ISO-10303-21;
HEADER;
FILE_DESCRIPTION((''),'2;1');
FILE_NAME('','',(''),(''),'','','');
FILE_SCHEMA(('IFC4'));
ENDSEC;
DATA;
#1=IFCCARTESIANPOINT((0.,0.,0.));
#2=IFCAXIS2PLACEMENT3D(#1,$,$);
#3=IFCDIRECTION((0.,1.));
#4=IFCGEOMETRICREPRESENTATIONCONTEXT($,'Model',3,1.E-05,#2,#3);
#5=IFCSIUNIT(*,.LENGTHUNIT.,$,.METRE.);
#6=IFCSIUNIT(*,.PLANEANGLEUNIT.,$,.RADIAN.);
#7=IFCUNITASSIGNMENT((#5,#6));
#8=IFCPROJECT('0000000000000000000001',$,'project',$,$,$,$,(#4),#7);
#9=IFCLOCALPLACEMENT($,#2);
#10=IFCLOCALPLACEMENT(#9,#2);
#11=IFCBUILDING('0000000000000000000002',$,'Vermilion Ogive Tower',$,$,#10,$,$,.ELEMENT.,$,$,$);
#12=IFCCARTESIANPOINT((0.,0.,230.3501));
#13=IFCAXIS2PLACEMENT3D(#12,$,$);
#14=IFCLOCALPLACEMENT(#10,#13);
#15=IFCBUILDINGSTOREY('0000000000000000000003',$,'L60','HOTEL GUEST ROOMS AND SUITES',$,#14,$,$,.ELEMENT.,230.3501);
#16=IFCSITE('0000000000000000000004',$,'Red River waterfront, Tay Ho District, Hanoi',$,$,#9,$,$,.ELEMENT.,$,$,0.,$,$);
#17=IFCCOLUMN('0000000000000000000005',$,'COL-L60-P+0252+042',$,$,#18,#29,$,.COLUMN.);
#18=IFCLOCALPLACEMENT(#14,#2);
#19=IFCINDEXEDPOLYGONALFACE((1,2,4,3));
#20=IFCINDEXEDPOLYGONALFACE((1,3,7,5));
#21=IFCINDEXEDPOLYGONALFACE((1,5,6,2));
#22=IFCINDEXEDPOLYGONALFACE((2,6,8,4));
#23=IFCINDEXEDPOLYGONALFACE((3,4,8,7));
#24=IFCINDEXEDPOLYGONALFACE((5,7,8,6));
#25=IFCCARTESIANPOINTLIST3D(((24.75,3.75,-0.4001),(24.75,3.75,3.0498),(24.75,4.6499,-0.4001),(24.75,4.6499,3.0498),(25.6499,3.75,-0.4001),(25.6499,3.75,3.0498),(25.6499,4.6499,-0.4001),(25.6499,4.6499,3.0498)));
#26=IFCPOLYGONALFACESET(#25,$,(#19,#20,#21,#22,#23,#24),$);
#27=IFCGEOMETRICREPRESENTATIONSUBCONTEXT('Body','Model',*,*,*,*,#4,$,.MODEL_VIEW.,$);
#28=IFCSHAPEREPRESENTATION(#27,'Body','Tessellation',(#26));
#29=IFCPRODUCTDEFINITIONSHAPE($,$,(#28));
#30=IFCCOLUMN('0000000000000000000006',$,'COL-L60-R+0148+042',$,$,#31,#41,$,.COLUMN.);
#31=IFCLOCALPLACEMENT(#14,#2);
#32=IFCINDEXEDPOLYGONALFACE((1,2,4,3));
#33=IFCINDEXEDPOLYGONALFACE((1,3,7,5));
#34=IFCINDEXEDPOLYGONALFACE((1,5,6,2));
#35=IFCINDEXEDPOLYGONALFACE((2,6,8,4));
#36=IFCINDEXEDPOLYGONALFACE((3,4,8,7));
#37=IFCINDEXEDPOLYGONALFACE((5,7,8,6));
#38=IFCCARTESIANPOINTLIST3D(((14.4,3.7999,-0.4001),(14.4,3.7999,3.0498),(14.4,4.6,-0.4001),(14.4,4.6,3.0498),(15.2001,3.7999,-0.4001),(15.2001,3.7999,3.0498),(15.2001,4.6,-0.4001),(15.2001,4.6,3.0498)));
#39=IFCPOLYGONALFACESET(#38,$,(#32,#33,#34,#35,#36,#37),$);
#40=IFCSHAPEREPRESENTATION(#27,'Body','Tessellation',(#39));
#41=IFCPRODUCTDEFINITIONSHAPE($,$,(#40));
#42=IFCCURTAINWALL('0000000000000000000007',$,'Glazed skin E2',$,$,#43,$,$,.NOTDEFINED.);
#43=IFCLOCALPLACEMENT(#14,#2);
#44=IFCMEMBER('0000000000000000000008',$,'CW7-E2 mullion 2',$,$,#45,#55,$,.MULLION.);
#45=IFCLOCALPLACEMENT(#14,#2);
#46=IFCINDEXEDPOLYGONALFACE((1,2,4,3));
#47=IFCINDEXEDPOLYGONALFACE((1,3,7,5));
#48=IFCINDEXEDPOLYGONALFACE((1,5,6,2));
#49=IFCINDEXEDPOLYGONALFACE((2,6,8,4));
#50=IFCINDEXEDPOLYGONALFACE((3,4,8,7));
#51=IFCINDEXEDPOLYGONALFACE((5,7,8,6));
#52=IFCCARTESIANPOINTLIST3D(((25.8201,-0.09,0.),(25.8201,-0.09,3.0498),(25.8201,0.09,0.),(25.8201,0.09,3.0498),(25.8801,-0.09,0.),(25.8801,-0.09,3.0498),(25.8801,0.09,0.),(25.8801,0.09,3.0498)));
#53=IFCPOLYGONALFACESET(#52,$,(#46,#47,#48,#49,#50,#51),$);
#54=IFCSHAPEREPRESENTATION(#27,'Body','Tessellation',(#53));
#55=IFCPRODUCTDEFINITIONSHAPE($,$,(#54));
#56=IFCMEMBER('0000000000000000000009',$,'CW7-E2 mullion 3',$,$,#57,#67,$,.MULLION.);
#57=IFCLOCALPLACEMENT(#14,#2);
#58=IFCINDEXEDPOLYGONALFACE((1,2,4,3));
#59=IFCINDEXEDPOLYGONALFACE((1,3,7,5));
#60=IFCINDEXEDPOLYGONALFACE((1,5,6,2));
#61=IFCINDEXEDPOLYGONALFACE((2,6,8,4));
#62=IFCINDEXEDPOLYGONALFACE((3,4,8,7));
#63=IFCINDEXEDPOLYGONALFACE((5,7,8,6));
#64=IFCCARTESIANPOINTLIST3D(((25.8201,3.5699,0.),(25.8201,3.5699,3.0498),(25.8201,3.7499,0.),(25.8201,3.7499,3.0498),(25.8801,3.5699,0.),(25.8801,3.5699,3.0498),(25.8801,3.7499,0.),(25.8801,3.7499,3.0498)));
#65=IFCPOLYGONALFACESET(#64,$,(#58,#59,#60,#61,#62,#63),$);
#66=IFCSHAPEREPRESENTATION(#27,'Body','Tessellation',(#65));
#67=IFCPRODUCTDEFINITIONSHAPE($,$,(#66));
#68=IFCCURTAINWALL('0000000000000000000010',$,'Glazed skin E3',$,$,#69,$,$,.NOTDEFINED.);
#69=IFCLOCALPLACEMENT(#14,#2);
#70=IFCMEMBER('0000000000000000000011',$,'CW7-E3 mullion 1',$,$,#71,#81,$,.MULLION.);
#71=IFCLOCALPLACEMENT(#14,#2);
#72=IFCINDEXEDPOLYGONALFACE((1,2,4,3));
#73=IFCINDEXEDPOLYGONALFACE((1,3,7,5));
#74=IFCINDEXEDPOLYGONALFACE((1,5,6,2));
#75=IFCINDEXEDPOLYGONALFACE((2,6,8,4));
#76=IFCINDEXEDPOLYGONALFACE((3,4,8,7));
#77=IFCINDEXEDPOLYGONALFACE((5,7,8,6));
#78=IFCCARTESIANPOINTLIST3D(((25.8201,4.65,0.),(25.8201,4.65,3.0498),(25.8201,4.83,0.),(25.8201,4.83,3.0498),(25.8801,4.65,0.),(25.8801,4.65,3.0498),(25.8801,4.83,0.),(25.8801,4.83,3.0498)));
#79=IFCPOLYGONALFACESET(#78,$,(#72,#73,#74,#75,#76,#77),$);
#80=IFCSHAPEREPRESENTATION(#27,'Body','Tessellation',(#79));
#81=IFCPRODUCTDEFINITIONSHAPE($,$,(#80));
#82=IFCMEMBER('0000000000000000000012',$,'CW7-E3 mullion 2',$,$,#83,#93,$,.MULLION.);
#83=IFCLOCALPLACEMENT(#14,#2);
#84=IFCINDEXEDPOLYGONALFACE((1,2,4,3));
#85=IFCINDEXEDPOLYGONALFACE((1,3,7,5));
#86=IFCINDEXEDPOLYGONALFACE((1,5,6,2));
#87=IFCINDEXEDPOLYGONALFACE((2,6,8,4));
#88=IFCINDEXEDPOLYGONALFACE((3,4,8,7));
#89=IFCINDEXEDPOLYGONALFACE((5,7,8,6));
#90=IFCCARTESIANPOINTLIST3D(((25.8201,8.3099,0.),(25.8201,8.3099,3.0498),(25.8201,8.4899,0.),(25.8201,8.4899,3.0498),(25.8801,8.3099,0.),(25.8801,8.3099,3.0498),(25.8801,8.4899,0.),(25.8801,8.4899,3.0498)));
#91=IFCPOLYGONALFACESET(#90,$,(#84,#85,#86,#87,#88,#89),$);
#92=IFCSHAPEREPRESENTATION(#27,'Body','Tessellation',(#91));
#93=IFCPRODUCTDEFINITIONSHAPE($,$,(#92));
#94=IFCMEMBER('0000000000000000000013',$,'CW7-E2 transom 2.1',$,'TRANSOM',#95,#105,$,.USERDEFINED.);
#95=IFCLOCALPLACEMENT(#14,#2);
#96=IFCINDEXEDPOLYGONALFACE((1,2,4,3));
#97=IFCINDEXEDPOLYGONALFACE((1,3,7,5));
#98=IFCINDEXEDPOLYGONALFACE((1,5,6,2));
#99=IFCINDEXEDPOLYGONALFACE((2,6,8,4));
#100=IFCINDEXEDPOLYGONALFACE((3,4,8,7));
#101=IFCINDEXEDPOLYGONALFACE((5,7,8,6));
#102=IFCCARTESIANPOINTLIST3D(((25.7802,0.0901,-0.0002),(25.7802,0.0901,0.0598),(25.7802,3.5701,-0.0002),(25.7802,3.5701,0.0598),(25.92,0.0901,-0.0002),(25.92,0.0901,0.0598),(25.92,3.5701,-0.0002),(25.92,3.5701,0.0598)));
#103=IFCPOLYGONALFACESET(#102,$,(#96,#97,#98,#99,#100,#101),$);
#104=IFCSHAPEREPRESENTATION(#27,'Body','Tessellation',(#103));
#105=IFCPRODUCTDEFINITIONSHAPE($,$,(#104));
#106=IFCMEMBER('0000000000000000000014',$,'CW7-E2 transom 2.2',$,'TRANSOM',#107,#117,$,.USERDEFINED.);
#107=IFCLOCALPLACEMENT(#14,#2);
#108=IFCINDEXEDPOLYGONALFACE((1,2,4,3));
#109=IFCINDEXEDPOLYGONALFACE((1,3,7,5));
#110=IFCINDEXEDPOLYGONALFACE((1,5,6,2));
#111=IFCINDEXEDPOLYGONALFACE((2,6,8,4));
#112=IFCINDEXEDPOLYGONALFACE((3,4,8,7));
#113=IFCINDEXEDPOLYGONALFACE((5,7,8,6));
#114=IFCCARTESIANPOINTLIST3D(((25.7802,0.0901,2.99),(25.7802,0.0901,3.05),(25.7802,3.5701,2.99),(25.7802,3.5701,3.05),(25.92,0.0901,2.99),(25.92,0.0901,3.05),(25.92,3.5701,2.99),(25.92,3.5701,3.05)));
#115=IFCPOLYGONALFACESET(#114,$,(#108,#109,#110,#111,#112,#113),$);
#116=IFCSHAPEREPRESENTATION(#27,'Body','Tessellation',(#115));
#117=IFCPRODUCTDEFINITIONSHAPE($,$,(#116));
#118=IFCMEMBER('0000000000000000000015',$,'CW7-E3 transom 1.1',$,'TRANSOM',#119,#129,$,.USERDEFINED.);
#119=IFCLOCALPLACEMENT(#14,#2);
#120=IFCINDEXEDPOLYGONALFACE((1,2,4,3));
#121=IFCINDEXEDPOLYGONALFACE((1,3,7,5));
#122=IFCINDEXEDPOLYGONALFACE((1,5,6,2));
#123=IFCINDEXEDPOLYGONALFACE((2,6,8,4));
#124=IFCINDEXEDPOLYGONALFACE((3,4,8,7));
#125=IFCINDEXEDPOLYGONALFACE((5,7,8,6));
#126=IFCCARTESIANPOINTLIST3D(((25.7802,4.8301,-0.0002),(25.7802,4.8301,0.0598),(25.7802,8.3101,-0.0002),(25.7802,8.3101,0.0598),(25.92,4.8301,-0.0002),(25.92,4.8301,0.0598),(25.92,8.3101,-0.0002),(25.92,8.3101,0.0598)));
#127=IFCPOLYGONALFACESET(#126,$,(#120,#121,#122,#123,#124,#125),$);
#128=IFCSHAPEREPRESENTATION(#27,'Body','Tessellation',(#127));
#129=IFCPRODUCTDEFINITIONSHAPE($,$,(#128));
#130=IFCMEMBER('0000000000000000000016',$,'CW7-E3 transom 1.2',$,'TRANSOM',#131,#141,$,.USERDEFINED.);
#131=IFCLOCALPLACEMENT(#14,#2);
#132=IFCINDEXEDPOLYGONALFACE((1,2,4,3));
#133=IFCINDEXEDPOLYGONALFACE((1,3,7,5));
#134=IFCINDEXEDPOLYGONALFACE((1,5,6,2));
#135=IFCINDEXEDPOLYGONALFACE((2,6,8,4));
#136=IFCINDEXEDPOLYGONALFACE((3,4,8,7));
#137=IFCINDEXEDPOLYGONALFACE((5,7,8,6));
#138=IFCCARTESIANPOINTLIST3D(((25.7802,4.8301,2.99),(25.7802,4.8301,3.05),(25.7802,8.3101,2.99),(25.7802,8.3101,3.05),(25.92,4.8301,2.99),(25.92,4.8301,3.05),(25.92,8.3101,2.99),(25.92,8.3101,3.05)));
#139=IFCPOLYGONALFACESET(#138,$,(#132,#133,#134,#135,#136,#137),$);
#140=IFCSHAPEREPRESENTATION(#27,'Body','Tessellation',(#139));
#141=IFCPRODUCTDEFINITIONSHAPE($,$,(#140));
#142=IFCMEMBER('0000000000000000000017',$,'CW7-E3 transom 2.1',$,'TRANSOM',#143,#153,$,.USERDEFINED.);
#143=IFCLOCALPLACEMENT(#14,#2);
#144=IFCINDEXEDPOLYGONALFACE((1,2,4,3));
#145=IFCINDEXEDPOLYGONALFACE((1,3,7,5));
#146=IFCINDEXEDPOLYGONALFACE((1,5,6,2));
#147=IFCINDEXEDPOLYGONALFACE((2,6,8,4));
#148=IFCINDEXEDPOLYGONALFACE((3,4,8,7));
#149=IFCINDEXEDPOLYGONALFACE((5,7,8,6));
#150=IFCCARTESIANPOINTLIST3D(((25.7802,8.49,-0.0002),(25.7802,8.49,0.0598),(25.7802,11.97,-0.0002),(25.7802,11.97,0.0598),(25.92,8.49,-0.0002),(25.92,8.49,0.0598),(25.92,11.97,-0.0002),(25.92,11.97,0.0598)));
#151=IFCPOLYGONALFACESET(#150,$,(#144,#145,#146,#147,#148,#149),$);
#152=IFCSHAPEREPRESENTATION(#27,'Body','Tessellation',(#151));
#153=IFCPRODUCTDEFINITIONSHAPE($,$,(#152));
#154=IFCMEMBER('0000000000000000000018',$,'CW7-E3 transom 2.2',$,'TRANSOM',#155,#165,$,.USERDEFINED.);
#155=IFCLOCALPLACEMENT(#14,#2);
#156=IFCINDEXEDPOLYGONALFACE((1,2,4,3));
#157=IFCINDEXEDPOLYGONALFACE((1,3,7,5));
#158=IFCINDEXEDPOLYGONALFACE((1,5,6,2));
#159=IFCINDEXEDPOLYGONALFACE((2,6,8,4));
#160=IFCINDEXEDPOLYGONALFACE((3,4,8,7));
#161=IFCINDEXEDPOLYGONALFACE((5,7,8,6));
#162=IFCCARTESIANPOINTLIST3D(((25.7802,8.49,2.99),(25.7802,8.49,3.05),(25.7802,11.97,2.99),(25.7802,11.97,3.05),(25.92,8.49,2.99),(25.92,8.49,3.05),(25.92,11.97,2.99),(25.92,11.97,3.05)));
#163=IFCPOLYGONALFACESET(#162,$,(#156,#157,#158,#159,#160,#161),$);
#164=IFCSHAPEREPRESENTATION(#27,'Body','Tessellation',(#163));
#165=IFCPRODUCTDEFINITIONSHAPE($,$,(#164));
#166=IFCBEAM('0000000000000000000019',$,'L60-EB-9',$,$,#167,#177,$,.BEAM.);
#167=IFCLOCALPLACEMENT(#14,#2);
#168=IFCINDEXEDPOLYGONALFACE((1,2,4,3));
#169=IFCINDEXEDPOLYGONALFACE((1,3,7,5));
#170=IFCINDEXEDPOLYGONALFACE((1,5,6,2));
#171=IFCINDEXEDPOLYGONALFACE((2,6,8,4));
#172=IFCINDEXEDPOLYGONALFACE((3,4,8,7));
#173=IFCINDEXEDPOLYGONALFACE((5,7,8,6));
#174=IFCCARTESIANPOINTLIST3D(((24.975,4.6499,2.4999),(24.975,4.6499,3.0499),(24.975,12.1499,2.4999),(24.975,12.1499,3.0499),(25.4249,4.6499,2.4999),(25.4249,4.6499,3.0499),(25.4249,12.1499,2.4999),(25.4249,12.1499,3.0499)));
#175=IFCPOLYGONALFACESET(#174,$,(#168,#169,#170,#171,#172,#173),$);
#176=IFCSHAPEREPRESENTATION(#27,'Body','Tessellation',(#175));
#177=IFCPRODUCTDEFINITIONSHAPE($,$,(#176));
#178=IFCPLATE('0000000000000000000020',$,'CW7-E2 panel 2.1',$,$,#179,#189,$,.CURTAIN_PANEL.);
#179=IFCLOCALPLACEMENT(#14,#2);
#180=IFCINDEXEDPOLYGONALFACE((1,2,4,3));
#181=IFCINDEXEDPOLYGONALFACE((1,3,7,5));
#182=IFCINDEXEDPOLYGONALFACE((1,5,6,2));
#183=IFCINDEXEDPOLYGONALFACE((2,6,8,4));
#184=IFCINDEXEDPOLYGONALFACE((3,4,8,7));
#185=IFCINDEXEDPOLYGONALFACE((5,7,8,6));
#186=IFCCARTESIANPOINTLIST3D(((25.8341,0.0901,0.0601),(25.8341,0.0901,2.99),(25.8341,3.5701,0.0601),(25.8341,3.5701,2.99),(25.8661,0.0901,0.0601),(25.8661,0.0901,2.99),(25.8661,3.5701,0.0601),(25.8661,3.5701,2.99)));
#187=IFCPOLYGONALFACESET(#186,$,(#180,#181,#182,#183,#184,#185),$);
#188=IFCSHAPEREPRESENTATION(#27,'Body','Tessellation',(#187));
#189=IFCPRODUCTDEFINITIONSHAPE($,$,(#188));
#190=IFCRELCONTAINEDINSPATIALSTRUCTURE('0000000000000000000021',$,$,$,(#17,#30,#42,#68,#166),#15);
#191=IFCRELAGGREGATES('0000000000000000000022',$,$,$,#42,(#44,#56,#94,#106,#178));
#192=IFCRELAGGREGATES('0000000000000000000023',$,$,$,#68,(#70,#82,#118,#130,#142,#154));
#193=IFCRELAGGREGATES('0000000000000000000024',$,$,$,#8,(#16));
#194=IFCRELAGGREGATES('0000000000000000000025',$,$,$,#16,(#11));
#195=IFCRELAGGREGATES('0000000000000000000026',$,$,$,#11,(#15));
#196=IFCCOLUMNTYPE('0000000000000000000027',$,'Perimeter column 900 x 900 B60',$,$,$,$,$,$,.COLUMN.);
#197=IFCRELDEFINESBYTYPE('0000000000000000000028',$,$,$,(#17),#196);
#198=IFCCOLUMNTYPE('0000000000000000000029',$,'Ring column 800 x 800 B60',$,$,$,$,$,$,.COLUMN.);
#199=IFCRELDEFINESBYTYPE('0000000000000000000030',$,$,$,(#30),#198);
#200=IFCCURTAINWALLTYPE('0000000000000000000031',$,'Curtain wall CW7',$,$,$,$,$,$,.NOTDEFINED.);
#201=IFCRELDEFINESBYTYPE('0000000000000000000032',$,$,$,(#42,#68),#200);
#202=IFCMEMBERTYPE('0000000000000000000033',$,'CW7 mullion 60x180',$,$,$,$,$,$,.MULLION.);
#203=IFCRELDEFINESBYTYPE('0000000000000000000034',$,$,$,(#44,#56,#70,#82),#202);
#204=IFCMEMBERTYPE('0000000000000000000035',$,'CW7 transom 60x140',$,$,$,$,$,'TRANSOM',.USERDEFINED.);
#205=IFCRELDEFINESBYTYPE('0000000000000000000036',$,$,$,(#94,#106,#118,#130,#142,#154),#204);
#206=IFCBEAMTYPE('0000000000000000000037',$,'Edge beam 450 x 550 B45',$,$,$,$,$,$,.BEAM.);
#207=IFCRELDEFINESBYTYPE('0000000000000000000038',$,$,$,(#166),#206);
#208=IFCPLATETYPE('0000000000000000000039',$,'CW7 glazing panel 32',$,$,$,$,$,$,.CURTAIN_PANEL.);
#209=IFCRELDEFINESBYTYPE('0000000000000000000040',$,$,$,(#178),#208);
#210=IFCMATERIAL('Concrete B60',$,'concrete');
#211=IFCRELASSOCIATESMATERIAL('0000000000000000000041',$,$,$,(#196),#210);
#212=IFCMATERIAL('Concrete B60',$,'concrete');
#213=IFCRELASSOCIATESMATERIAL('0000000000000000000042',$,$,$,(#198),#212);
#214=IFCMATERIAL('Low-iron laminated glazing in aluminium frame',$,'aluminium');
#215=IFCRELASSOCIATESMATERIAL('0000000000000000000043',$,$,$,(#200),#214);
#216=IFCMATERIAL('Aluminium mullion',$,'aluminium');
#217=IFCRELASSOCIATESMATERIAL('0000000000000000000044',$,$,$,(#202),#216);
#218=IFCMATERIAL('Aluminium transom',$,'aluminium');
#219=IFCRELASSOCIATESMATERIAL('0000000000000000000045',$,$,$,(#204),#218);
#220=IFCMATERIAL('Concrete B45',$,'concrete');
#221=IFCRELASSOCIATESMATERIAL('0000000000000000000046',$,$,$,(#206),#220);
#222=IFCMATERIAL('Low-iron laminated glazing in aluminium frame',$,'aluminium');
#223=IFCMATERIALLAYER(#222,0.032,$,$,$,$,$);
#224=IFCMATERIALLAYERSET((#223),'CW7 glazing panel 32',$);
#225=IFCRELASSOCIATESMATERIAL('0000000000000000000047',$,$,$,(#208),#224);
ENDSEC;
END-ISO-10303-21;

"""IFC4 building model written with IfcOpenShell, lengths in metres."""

from ifc_helpers import new_model, si_unit, direction, frame, origin, origin_2d, place, context, subcontext, project, spatial, rectangle, extrude, material, layer, layer_set, material_profile, profile_set, type_object, element, aggregate, save


model = new_model("IFC4")

# Units and contexts
model_context = context("Model", 3, precision=1e-05, world=origin(), true_north=direction((0.0, 1.0)))
body_context = subcontext(model_context, "Body", "Model", "MODEL_VIEW")
ifc_project = project(units=[si_unit("LENGTHUNIT", "METRE"), si_unit("PLANEANGLEUNIT", "RADIAN")], contexts=[model_context])

# Site, building, storey
site_placement = place(None, origin())
site = spatial("IfcSite", under=ifc_project, at=site_placement, Name="Red River waterfront, Tay Ho District, Hanoi", CompositionType="ELEMENT", RefElevation=0.0)
building_placement = place(site_placement, origin())
building = spatial("IfcBuilding", under=site, at=building_placement, Name="Vermilion Ogive Tower", CompositionType="ELEMENT")
storey_placement = place(building_placement, frame((0.0, 0.0, 230.3501)))
storey = spatial("IfcBuildingStorey", under=building, at=storey_placement, Name="L60", Description="HOTEL GUEST ROOMS AND SUITES", CompositionType="ELEMENT", Elevation=230.3501)

# Columns
ifc_material_1 = material(Name="Concrete B60", Category="concrete")
ifc_material_profile_1 = material_profile(ifc_material_1, rectangle(XDim=0.8999, YDim=0.8999, at=origin_2d()), Name="900 x 900")
ifc_profile_set_1 = profile_set([ifc_material_profile_1], Name="Concrete B60")
column_type_1 = type_object("IfcColumnType", Name="Perimeter column 900 x 900 B60", PredefinedType="COLUMN", material=ifc_profile_set_1)
column_1_placement = place(storey_placement, frame((25.2, 4.2, -0.4001), z_axis=(0.0, 0.0, 1.0), x_axis=(1.0, 0.0, 0.0)))
element("IfcColumn", 1, at=column_1_placement, inside=storey, type_object=column_type_1, Name="COL-L60-P+0252+042", PredefinedType="COLUMN", context=body_context, shape_type="SweptSolid", body=[
    extrude(rectangle(XDim=0.8999, YDim=0.8999, at=origin_2d()), origin(), (0.0, 0.0, 1.0), 3.45),
])
ifc_material_2 = material(Name="Concrete B60", Category="concrete")
ifc_material_profile_2 = material_profile(ifc_material_2, rectangle(XDim=0.8, YDim=0.8, at=origin_2d()), Name="800 x 800")
ifc_profile_set_2 = profile_set([ifc_material_profile_2], Name="Concrete B60")
column_type_2 = type_object("IfcColumnType", Name="Ring column 800 x 800 B60", PredefinedType="COLUMN", material=ifc_profile_set_2)
column_2_placement = place(storey_placement, frame((14.8, 4.2, -0.4001), z_axis=(0.0, 0.0, 1.0), x_axis=(1.0, 0.0, 0.0)))
element("IfcColumn", 2, at=column_2_placement, inside=storey, type_object=column_type_2, Name="COL-L60-R+0148+042", PredefinedType="COLUMN", context=body_context, shape_type="SweptSolid", body=[
    extrude(rectangle(XDim=0.8, YDim=0.8, at=origin_2d()), origin(), (0.0, 0.0, 1.0), 3.45),
])

# Curtain walls, members
ifc_material_3 = material(Name="Low-iron laminated glazing in aluminium frame", Category="aluminium")
curtain_wall_type = type_object("IfcCurtainWallType", Name="Curtain wall CW7", PredefinedType="NOTDEFINED", material=ifc_material_3)
curtain_wall_1_placement = place(storey_placement, origin())
curtain_wall_1 = element("IfcCurtainWall", 3, at=curtain_wall_1_placement, inside=storey, type_object=curtain_wall_type, Name="Glazed skin E2", PredefinedType="NOTDEFINED")
ifc_material_4 = material(Name="Aluminium mullion", Category="aluminium")
ifc_material_profile_3 = material_profile(ifc_material_4, rectangle(XDim=0.0601, YDim=0.1799, at=origin_2d()), Name="AL 60x180")
ifc_profile_set_3 = profile_set([ifc_material_profile_3], Name="Aluminium mullion")
member_type_1 = type_object("IfcMemberType", Name="CW7 mullion 60x180", PredefinedType="MULLION", material=ifc_profile_set_3)
member_1_placement = place(storey_placement, frame((25.8501, 0.0, 0.0), z_axis=(0.0, 0.0, 1.0), x_axis=(-1.0, 0.0, 0.0)))
member_1 = element("IfcMember", 4, at=member_1_placement, type_object=member_type_1, Name="CW7-E2 mullion 2", PredefinedType="MULLION", context=body_context, shape_type="SweptSolid", body=[
    extrude(rectangle(XDim=0.0601, YDim=0.1799, at=origin_2d()), origin(), (0.0, 0.0, 1.0), 3.0498),
])
member_2_placement = place(storey_placement, frame((25.8501, 3.6599, 0.0), z_axis=(0.0, 0.0, 1.0), x_axis=(-1.0, 0.0, 0.0)))
member_2 = element("IfcMember", 5, at=member_2_placement, type_object=member_type_1, Name="CW7-E2 mullion 3", PredefinedType="MULLION", context=body_context, shape_type="SweptSolid", body=[
    extrude(rectangle(XDim=0.0601, YDim=0.1799, at=origin_2d()), origin(), (0.0, 0.0, 1.0), 3.0498),
])
curtain_wall_2_placement = place(storey_placement, origin())
curtain_wall_2 = element("IfcCurtainWall", 6, at=curtain_wall_2_placement, inside=storey, type_object=curtain_wall_type, Name="Glazed skin E3", PredefinedType="NOTDEFINED")
member_3_placement = place(storey_placement, frame((25.8501, 4.74, 0.0), z_axis=(0.0, 0.0, 1.0), x_axis=(-1.0, 0.0, 0.0)))
member_3 = element("IfcMember", 7, at=member_3_placement, type_object=member_type_1, Name="CW7-E3 mullion 1", PredefinedType="MULLION", context=body_context, shape_type="SweptSolid", body=[
    extrude(rectangle(XDim=0.0601, YDim=0.1799, at=origin_2d()), origin(), (0.0, 0.0, 1.0), 3.0498),
])
member_4_placement = place(storey_placement, frame((25.8501, 8.3999, 0.0), z_axis=(0.0, 0.0, 1.0), x_axis=(-1.0, 0.0, 0.0)))
member_4 = element("IfcMember", 8, at=member_4_placement, type_object=member_type_1, Name="CW7-E3 mullion 2", PredefinedType="MULLION", context=body_context, shape_type="SweptSolid", body=[
    extrude(rectangle(XDim=0.0601, YDim=0.1799, at=origin_2d()), origin(), (0.0, 0.0, 1.0), 3.0498),
])

# Members
ifc_material_5 = material(Name="Aluminium transom", Category="aluminium")
ifc_material_profile_4 = material_profile(ifc_material_5, rectangle(XDim=0.1399, YDim=0.0601, at=origin_2d()), Name="AL 60x140")
ifc_profile_set_4 = profile_set([ifc_material_profile_4], Name="Aluminium transom")
member_type_2 = type_object("IfcMemberType", Name="CW7 transom 60x140", ElementType="TRANSOM", PredefinedType="USERDEFINED", material=ifc_profile_set_4)
member_5_placement = place(storey_placement, frame((25.8501, 0.0901, 0.0298), z_axis=(0.0, 1.0, 0.0), x_axis=(-1.0, 0.0, 0.0)))
member_5 = element("IfcMember", 9, at=member_5_placement, type_object=member_type_2, Name="CW7-E2 transom 2.1", ObjectType="TRANSOM", PredefinedType="USERDEFINED", context=body_context, shape_type="SweptSolid", body=[
    extrude(rectangle(XDim=0.1399, YDim=0.0601, at=origin_2d()), origin(), (0.0, 0.0, 1.0), 3.48),
])
member_6_placement = place(storey_placement, frame((25.8501, 0.0901, 3.02), z_axis=(0.0, 1.0, 0.0), x_axis=(-1.0, 0.0, 0.0)))
member_6 = element("IfcMember", 10, at=member_6_placement, type_object=member_type_2, Name="CW7-E2 transom 2.2", ObjectType="TRANSOM", PredefinedType="USERDEFINED", context=body_context, shape_type="SweptSolid", body=[
    extrude(rectangle(XDim=0.1399, YDim=0.0601, at=origin_2d()), origin(), (0.0, 0.0, 1.0), 3.48),
])
member_7_placement = place(storey_placement, frame((25.8501, 4.8301, 0.0298), z_axis=(0.0, 1.0, 0.0), x_axis=(-1.0, 0.0, 0.0)))
member_7 = element("IfcMember", 11, at=member_7_placement, type_object=member_type_2, Name="CW7-E3 transom 1.1", ObjectType="TRANSOM", PredefinedType="USERDEFINED", context=body_context, shape_type="SweptSolid", body=[
    extrude(rectangle(XDim=0.1399, YDim=0.0601, at=origin_2d()), origin(), (0.0, 0.0, 1.0), 3.48),
])
member_8_placement = place(storey_placement, frame((25.8501, 4.8301, 3.02), z_axis=(0.0, 1.0, 0.0), x_axis=(-1.0, 0.0, 0.0)))
member_8 = element("IfcMember", 12, at=member_8_placement, type_object=member_type_2, Name="CW7-E3 transom 1.2", ObjectType="TRANSOM", PredefinedType="USERDEFINED", context=body_context, shape_type="SweptSolid", body=[
    extrude(rectangle(XDim=0.1399, YDim=0.0601, at=origin_2d()), origin(), (0.0, 0.0, 1.0), 3.48),
])
member_9_placement = place(storey_placement, frame((25.8501, 8.49, 0.0298), z_axis=(0.0, 1.0, 0.0), x_axis=(-1.0, 0.0, 0.0)))
member_9 = element("IfcMember", 13, at=member_9_placement, type_object=member_type_2, Name="CW7-E3 transom 2.1", ObjectType="TRANSOM", PredefinedType="USERDEFINED", context=body_context, shape_type="SweptSolid", body=[
    extrude(rectangle(XDim=0.1399, YDim=0.0601, at=origin_2d()), origin(), (0.0, 0.0, 1.0), 3.48),
])
member_10_placement = place(storey_placement, frame((25.8501, 8.49, 3.02), z_axis=(0.0, 1.0, 0.0), x_axis=(-1.0, 0.0, 0.0)))
member_10 = element("IfcMember", 14, at=member_10_placement, type_object=member_type_2, Name="CW7-E3 transom 2.2", ObjectType="TRANSOM", PredefinedType="USERDEFINED", context=body_context, shape_type="SweptSolid", body=[
    extrude(rectangle(XDim=0.1399, YDim=0.0601, at=origin_2d()), origin(), (0.0, 0.0, 1.0), 3.48),
])

# Beam
ifc_material_6 = material(Name="Concrete B45", Category="concrete")
ifc_material_profile_5 = material_profile(ifc_material_6, rectangle(XDim=0.45, YDim=0.55, at=origin_2d()), Name="450 x 550")
ifc_profile_set_5 = profile_set([ifc_material_profile_5], Name="Concrete B45")
beam_type = type_object("IfcBeamType", Name="Edge beam 450 x 550 B45", PredefinedType="BEAM", material=ifc_profile_set_5)
beam_placement = place(storey_placement, frame((25.2, 4.6499, 2.7749), z_axis=(0.0, 1.0, 0.0), x_axis=(-1.0, 0.0, 0.0)))
element("IfcBeam", 15, at=beam_placement, inside=storey, type_object=beam_type, Name="L60-EB-9", PredefinedType="BEAM", context=body_context, shape_type="SweptSolid", body=[
    extrude(rectangle(XDim=0.45, YDim=0.55, at=origin_2d()), origin(), (0.0, 0.0, 1.0), 7.5),
])

# Plate
ifc_material_7 = material(Name="Low-iron laminated glazing in aluminium frame", Category="aluminium")
ifc_layer_1 = layer(ifc_material_7, 0.032)
ifc_layer_set_1 = layer_set([ifc_layer_1], Name="CW7 glazing panel 32")
plate_type = type_object("IfcPlateType", Name="CW7 glazing panel 32", PredefinedType="CURTAIN_PANEL", material=ifc_layer_set_1)
plate_1_placement = place(storey_placement, frame((25.8501, 1.8301, 0.0601), z_axis=(0.0, 0.0, 1.0), x_axis=(0.0, 1.0, 0.0)))
plate_1 = element("IfcPlate", 16, at=plate_1_placement, type_object=plate_type, Name="CW7-E2 panel 2.1", PredefinedType="CURTAIN_PANEL", context=body_context, shape_type="SweptSolid", body=[
    extrude(rectangle(XDim=3.48, YDim=0.032, at=origin_2d()), origin(), (0.0, 0.0, 1.0), 2.9299),
])
aggregate(curtain_wall_1, [member_1, member_2, member_5, member_6, plate_1])
aggregate(curtain_wall_2, [member_3, member_4, member_7, member_8, member_9, member_10])

save(model, "model.ifc")
